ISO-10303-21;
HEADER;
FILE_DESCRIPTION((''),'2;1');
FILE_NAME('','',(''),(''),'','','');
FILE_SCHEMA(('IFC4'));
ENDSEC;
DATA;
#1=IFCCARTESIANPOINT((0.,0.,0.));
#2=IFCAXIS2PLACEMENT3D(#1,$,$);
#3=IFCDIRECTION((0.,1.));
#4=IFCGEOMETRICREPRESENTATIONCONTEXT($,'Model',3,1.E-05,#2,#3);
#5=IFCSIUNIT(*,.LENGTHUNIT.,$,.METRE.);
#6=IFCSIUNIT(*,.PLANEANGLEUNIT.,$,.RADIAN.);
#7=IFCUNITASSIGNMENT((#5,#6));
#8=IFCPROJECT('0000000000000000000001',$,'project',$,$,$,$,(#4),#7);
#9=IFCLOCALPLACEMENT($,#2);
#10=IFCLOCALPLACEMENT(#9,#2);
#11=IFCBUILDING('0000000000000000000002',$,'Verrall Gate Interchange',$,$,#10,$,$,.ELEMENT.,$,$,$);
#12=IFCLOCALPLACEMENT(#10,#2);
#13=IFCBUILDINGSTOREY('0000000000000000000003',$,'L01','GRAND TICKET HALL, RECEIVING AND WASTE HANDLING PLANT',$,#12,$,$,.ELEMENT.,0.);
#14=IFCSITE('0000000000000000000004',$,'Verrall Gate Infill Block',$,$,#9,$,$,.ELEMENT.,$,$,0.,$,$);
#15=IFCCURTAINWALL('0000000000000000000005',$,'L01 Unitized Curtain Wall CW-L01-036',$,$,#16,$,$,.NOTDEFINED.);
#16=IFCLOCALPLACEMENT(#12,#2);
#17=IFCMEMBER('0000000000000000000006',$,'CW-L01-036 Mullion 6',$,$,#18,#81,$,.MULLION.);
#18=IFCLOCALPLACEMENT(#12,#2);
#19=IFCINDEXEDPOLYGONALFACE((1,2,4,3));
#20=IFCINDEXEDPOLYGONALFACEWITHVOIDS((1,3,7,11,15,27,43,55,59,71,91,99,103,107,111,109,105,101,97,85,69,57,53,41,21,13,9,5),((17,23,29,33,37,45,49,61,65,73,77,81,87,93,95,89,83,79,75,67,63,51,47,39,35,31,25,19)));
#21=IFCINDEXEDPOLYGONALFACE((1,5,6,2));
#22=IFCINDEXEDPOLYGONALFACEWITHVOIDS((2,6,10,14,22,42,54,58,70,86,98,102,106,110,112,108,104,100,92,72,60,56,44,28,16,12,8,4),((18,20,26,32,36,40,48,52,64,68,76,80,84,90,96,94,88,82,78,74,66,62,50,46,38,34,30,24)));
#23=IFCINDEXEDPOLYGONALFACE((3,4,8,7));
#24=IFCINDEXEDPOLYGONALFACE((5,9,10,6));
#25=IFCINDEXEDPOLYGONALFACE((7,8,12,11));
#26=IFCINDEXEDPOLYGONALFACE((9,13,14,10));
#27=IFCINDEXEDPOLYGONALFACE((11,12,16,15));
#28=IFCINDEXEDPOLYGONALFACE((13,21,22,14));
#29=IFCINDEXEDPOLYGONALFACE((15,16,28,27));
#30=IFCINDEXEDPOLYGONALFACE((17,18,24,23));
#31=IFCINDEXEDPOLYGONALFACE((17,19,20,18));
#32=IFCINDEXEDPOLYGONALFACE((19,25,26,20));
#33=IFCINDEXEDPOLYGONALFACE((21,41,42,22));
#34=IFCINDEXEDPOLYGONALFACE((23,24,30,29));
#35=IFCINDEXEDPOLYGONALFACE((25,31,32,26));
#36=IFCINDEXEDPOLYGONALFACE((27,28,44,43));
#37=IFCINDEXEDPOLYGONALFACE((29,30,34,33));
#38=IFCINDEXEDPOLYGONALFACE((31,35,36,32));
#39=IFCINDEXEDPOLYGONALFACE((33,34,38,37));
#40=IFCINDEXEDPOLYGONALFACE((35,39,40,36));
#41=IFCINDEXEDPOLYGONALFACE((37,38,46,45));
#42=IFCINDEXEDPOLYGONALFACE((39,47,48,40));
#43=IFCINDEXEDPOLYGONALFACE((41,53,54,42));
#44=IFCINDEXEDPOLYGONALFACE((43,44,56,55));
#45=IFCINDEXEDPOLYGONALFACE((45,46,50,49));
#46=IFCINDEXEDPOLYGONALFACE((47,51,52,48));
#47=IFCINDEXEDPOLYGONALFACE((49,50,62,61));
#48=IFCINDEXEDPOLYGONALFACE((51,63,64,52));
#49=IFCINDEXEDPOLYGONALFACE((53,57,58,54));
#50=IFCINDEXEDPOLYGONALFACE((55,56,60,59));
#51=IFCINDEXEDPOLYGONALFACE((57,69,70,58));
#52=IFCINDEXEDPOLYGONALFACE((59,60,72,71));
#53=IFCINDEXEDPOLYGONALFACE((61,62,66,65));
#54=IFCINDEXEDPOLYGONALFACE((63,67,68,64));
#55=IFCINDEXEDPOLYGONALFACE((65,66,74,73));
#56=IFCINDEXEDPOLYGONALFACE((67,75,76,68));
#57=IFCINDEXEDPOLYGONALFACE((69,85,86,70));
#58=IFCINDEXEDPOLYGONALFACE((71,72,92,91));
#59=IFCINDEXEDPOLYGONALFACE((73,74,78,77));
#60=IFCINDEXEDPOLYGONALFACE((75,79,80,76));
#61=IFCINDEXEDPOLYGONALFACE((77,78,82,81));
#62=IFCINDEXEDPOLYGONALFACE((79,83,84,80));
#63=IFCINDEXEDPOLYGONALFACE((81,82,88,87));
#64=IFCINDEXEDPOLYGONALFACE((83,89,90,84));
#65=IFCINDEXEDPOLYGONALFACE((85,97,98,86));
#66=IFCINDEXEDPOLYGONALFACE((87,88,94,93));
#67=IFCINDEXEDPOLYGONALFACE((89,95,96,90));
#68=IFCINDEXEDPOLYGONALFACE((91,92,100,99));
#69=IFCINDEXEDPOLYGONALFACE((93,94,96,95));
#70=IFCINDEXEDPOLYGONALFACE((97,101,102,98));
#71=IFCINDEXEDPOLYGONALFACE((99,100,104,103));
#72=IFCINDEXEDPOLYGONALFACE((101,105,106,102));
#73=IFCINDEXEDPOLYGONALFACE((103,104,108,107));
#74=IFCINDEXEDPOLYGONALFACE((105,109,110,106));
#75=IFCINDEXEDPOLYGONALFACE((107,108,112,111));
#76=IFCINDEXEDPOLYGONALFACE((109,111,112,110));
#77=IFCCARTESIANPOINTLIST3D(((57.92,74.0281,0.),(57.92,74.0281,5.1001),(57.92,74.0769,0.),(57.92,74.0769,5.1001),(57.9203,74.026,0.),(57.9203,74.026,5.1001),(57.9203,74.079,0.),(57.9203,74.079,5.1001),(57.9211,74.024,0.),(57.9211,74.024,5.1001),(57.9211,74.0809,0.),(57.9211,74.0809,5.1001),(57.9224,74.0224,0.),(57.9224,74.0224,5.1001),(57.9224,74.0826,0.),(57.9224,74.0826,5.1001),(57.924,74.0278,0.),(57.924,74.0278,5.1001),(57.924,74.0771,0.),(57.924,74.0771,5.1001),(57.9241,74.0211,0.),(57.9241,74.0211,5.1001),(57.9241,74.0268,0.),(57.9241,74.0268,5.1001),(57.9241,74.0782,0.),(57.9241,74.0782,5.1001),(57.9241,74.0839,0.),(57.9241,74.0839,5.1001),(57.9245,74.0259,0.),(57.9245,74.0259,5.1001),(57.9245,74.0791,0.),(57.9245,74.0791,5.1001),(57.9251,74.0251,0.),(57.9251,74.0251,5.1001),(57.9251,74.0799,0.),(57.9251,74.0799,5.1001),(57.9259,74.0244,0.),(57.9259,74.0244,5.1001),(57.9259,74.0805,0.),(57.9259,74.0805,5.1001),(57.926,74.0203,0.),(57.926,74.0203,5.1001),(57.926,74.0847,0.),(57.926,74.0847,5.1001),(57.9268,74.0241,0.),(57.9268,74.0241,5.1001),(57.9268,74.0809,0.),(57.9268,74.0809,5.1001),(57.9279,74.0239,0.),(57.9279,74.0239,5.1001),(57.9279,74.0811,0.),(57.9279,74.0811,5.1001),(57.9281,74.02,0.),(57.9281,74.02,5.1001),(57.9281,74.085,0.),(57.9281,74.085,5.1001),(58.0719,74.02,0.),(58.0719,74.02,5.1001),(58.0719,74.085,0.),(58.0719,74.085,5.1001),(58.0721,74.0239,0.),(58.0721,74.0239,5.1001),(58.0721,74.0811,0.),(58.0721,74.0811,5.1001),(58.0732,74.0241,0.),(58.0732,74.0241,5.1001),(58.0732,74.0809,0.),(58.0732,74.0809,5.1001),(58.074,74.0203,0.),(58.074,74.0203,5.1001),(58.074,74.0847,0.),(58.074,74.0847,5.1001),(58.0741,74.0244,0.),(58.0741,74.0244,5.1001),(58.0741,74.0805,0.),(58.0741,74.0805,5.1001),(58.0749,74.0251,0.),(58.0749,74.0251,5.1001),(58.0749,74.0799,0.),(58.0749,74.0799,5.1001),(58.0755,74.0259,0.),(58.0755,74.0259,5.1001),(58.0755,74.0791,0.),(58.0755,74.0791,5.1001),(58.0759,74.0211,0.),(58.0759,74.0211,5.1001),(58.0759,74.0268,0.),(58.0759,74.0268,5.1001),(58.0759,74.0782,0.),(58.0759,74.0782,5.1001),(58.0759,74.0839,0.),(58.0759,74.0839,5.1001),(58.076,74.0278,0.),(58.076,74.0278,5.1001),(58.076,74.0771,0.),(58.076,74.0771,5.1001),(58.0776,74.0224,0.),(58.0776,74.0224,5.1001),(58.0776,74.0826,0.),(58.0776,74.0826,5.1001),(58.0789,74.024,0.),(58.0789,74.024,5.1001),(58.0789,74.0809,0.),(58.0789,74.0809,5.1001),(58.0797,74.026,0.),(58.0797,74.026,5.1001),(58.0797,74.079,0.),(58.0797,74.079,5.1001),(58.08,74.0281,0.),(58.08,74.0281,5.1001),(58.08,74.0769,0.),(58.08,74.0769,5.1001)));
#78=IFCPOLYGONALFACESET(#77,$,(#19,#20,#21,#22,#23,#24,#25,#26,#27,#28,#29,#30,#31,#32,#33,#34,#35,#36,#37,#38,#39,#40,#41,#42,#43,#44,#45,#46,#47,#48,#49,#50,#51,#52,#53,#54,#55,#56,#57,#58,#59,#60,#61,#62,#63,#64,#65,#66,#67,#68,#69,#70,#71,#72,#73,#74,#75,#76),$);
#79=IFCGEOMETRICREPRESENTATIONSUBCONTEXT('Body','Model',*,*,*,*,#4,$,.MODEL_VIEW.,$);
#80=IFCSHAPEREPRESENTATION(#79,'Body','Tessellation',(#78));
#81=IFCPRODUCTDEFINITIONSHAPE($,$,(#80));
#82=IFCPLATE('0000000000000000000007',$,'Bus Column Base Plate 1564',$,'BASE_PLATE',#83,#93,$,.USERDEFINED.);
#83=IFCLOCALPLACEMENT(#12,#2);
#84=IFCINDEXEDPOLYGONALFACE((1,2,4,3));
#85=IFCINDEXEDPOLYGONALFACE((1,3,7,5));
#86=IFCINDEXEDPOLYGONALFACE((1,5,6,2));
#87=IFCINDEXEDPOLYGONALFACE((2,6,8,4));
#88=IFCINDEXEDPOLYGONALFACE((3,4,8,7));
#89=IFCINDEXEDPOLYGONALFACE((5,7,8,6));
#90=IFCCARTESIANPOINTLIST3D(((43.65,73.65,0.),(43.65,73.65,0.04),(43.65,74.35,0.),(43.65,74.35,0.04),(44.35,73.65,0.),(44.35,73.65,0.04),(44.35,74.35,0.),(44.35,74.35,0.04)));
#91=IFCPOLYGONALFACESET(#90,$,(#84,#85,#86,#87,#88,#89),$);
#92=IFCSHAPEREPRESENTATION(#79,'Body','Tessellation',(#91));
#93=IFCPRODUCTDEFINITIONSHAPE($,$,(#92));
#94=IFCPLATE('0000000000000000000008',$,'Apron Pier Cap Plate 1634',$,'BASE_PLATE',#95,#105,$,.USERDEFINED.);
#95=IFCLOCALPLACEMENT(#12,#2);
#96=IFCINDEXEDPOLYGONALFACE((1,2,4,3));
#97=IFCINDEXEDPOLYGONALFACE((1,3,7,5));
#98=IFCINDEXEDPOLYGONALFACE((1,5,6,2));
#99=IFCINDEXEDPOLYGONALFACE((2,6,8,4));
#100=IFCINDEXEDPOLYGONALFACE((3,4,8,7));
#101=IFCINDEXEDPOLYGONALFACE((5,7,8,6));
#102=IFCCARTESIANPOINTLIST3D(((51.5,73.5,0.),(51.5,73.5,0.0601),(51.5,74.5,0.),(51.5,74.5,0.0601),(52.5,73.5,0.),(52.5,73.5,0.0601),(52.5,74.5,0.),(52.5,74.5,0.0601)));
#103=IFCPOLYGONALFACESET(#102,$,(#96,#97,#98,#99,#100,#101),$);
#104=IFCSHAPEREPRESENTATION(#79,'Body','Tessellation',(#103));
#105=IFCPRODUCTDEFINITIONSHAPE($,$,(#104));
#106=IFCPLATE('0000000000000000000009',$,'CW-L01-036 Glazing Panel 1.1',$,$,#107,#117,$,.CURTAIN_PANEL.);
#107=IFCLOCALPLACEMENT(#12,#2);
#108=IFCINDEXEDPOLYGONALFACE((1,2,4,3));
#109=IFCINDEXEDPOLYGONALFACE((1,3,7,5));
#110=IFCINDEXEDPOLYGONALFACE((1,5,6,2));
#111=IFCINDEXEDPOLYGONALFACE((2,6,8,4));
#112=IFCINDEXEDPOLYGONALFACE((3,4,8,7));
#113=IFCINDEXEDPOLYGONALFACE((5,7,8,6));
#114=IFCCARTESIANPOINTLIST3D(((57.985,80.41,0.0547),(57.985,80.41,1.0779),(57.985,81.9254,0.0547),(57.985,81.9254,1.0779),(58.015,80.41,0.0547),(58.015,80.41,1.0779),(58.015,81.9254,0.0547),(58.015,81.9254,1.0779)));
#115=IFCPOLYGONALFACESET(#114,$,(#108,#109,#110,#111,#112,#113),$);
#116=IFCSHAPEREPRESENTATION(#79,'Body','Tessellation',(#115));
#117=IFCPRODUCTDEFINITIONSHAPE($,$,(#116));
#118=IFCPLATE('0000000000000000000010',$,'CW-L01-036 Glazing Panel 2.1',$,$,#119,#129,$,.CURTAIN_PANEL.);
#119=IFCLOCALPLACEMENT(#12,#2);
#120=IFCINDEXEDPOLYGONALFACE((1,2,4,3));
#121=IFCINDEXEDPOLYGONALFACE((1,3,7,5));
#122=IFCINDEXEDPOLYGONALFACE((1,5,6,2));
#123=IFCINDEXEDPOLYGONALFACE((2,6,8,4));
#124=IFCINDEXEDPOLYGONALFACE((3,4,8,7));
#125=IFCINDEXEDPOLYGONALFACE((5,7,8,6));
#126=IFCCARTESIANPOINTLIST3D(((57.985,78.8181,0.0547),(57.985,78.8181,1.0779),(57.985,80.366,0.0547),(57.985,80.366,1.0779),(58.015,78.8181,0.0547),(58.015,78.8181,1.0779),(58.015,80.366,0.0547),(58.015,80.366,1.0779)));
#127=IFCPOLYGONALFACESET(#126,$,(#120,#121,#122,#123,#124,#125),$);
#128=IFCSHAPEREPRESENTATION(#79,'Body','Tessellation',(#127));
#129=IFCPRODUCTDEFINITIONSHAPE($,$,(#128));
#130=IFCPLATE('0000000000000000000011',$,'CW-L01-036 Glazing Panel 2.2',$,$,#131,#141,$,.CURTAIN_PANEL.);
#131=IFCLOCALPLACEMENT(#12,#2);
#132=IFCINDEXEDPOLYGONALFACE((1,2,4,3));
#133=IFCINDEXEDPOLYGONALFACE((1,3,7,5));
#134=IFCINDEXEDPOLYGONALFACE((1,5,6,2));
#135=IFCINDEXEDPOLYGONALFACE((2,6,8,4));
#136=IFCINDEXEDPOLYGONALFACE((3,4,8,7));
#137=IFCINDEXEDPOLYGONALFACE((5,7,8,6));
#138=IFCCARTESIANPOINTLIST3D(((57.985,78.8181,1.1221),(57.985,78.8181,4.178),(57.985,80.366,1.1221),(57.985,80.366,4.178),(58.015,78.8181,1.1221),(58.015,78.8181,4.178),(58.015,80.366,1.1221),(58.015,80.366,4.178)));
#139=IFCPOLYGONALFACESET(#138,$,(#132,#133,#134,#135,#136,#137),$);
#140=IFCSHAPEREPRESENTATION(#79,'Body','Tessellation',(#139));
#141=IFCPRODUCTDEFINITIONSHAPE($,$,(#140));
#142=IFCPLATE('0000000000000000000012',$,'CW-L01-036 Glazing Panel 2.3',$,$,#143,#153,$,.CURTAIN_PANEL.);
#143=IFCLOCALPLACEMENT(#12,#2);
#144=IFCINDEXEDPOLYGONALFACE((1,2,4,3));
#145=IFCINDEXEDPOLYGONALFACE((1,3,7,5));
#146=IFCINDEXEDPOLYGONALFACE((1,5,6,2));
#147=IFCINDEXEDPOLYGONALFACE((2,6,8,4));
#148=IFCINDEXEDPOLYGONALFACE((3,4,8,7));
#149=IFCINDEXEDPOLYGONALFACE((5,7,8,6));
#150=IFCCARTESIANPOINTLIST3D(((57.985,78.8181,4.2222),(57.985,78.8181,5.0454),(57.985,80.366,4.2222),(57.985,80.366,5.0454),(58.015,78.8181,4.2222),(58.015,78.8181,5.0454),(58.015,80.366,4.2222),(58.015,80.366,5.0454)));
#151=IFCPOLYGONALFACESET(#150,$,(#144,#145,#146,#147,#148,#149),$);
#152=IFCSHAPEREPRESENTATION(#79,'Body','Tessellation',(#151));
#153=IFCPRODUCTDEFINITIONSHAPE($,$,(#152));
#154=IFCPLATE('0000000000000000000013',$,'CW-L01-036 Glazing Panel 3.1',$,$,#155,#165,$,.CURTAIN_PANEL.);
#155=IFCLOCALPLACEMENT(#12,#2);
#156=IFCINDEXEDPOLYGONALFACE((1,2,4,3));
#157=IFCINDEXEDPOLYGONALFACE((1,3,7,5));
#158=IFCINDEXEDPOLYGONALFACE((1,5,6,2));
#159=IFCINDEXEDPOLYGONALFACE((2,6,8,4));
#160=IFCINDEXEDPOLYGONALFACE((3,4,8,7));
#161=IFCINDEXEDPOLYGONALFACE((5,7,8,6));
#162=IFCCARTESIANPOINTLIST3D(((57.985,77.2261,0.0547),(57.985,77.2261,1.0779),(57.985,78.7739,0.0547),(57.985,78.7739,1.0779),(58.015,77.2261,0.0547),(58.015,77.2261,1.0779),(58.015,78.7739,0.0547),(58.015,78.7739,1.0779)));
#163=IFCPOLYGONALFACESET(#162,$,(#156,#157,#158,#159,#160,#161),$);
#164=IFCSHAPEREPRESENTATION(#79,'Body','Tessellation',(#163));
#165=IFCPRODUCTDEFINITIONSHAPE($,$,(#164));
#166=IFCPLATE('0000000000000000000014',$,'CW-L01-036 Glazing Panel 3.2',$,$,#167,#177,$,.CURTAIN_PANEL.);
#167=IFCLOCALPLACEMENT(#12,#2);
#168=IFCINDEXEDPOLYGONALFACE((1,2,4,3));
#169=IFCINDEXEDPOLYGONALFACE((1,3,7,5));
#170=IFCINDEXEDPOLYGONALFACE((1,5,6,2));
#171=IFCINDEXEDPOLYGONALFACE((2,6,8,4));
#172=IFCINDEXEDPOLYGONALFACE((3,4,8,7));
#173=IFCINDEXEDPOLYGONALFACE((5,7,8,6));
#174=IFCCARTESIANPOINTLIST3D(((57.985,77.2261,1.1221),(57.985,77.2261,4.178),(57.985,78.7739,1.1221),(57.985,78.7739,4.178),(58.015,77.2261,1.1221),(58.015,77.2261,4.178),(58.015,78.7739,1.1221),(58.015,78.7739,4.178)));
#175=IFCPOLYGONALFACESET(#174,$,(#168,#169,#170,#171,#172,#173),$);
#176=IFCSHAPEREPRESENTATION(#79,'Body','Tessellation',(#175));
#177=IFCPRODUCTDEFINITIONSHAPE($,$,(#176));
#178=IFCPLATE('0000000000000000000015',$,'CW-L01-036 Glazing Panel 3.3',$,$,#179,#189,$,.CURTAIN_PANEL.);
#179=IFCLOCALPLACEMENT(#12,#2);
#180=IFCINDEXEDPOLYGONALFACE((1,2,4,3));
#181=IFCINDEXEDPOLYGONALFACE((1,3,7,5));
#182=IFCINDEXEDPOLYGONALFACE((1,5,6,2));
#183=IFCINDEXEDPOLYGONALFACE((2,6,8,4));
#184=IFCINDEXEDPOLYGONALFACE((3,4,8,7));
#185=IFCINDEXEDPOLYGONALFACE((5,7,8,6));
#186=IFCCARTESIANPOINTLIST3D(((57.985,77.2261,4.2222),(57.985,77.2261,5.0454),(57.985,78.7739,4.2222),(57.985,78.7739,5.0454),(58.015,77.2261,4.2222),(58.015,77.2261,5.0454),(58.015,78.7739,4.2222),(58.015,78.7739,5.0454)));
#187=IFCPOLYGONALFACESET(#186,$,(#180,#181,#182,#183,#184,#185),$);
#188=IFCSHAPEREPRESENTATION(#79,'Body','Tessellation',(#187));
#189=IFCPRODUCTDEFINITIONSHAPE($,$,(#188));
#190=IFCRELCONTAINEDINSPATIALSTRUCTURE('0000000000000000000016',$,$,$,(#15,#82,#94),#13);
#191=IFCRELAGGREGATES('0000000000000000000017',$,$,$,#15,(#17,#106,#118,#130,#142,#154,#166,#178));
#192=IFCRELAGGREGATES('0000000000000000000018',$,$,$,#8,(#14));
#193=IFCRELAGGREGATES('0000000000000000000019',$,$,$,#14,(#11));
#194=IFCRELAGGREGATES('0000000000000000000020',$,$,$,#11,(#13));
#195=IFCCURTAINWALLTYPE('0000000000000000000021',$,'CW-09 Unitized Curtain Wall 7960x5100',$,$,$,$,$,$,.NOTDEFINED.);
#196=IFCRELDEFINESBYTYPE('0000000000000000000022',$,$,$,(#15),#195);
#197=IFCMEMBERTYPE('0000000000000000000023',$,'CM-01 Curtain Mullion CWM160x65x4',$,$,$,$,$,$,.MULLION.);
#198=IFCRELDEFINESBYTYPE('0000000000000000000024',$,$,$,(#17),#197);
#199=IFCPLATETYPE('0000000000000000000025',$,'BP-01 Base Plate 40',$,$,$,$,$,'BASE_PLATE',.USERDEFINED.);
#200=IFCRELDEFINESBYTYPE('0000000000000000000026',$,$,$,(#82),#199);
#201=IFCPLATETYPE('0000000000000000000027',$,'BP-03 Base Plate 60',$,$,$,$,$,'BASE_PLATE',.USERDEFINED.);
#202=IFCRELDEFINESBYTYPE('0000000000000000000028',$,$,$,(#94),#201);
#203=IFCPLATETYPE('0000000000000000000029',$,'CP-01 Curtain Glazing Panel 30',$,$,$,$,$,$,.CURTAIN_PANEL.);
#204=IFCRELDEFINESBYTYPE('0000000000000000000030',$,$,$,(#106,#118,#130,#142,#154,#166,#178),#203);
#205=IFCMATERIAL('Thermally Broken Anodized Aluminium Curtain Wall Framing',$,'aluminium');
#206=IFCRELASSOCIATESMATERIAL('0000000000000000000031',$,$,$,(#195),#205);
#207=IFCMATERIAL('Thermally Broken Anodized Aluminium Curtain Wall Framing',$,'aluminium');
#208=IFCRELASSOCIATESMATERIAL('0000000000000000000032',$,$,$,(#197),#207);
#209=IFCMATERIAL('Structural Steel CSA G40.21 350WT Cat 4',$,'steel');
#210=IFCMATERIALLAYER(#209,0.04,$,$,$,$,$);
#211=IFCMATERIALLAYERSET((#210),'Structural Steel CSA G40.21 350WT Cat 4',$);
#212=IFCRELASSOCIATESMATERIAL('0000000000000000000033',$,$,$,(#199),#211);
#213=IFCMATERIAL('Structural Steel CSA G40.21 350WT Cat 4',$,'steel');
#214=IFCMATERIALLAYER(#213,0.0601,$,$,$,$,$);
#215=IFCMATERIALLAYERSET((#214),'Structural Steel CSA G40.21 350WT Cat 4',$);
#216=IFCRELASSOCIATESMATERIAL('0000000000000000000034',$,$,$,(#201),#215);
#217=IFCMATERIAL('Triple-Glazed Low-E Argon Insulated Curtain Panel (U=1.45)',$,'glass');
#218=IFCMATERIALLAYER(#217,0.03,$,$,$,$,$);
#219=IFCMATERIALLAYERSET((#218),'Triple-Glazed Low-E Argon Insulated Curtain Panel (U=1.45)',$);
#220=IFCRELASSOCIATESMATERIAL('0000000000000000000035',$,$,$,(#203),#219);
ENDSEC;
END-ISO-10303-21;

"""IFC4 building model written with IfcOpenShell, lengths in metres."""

from ifc_helpers import new_model, si_unit, direction, frame, origin, origin_2d, place, context, subcontext, project, spatial, rectangle, hollow_rectangle, extrude, material, layer, layer_set, material_profile, profile_set, type_object, element, aggregate, save


model = new_model("IFC4")

# Units and contexts
model_context = context("Model", 3, precision=1e-05, world=origin(), true_north=direction((0.0, 1.0)))
body_context = subcontext(model_context, "Body", "Model", "MODEL_VIEW")
ifc_project = project(units=[si_unit("LENGTHUNIT", "METRE"), si_unit("PLANEANGLEUNIT", "RADIAN")], contexts=[model_context])

# Site, building, storey
site_placement = place(None, origin())
site = spatial("IfcSite", under=ifc_project, at=site_placement, Name="Verrall Gate Infill Block", CompositionType="ELEMENT", RefElevation=0.0)
building_placement = place(site_placement, origin())
building = spatial("IfcBuilding", under=site, at=building_placement, Name="Verrall Gate Interchange", CompositionType="ELEMENT")
storey_placement = place(building_placement, origin())
storey = spatial("IfcBuildingStorey", under=building, at=storey_placement, Name="L01", Description="GRAND TICKET HALL, RECEIVING AND WASTE HANDLING PLANT", CompositionType="ELEMENT", Elevation=0.0)

# Curtain wall, member
ifc_material_1 = material(Name="Thermally Broken Anodized Aluminium Curtain Wall Framing", Category="aluminium")
curtain_wall_type = type_object("IfcCurtainWallType", Name="CW-09 Unitized Curtain Wall 7960x5100", PredefinedType="NOTDEFINED", material=ifc_material_1)
curtain_wall_placement = place(storey_placement, origin())
curtain_wall = element("IfcCurtainWall", 1, at=curtain_wall_placement, inside=storey, type_object=curtain_wall_type, Name="L01 Unitized Curtain Wall CW-L01-036", PredefinedType="NOTDEFINED")
ifc_material_2 = material(Name="Thermally Broken Anodized Aluminium Curtain Wall Framing", Category="aluminium")
ifc_material_profile_1 = material_profile(ifc_material_2, hollow_rectangle(XDim=0.0649, YDim=0.1599, WallThickness=0.0039, InnerFilletRadius=0.0039, OuterFilletRadius=0.0081, at=origin_2d()), Name="CWM160x65x4")
ifc_profile_set_1 = profile_set([ifc_material_profile_1], Name="Thermally Broken Anodized Aluminium Curtain Wall Framing")
member_type = type_object("IfcMemberType", Name="CM-01 Curtain Mullion CWM160x65x4", PredefinedType="MULLION", material=ifc_profile_set_1)
member_1_placement = place(storey_placement, frame((58.0, 74.0525, 0.0), z_axis=(0.0, 0.0, 1.0), x_axis=(0.0, -1.0, 0.0)))
member_1 = element("IfcMember", 2, at=member_1_placement, type_object=member_type, Name="CW-L01-036 Mullion 6", PredefinedType="MULLION", context=body_context, shape_type="SweptSolid", body=[
    extrude(hollow_rectangle(XDim=0.0649, YDim=0.1599, WallThickness=0.0039, InnerFilletRadius=0.0039, OuterFilletRadius=0.0081, at=origin_2d()), origin(), (0.0, 0.0, 1.0), 5.1001),
])

# Plates
ifc_material_3 = material(Name="Structural Steel CSA G40.21 350WT Cat 4", Category="steel")
ifc_layer_1 = layer(ifc_material_3, 0.04)
ifc_layer_set_1 = layer_set([ifc_layer_1], Name="Structural Steel CSA G40.21 350WT Cat 4")
plate_type_1 = type_object("IfcPlateType", Name="BP-01 Base Plate 40", ElementType="BASE_PLATE", PredefinedType="USERDEFINED", material=ifc_layer_set_1)
plate_1_placement = place(storey_placement, frame((44.0, 74.0, 0.0), z_axis=(0.0, 0.0, 1.0), x_axis=(1.0, 0.0, 0.0)))
element("IfcPlate", 3, at=plate_1_placement, inside=storey, type_object=plate_type_1, Name="Bus Column Base Plate 1564", ObjectType="BASE_PLATE", PredefinedType="USERDEFINED", context=body_context, shape_type="SweptSolid", body=[
    extrude(rectangle(XDim=0.7, YDim=0.7, at=origin_2d()), origin(), (0.0, 0.0, 1.0), 0.04),
])
ifc_material_4 = material(Name="Structural Steel CSA G40.21 350WT Cat 4", Category="steel")
ifc_layer_2 = layer(ifc_material_4, 0.0601)
ifc_layer_set_2 = layer_set([ifc_layer_2], Name="Structural Steel CSA G40.21 350WT Cat 4")
plate_type_2 = type_object("IfcPlateType", Name="BP-03 Base Plate 60", ElementType="BASE_PLATE", PredefinedType="USERDEFINED", material=ifc_layer_set_2)
plate_2_placement = place(storey_placement, frame((52.0, 74.0, 0.0), z_axis=(0.0, 0.0, 1.0), x_axis=(1.0, 0.0, 0.0)))
element("IfcPlate", 4, at=plate_2_placement, inside=storey, type_object=plate_type_2, Name="Apron Pier Cap Plate 1634", ObjectType="BASE_PLATE", PredefinedType="USERDEFINED", context=body_context, shape_type="SweptSolid", body=[
    extrude(rectangle(XDim=1.0, YDim=1.0, at=origin_2d()), origin(), (0.0, 0.0, 1.0), 0.0601),
])

# Plates
ifc_material_5 = material(Name="Triple-Glazed Low-E Argon Insulated Curtain Panel (U=1.45)", Category="glass")
ifc_layer_3 = layer(ifc_material_5, 0.03)
ifc_layer_set_3 = layer_set([ifc_layer_3], Name="Triple-Glazed Low-E Argon Insulated Curtain Panel (U=1.45)")
plate_type_3 = type_object("IfcPlateType", Name="CP-01 Curtain Glazing Panel 30", PredefinedType="CURTAIN_PANEL", material=ifc_layer_set_3)
plate_3_placement = place(storey_placement, frame((58.0, 81.1677, 0.0547), z_axis=(0.0, 0.0, 1.0), x_axis=(0.0, -1.0, 0.0)))
plate_3 = element("IfcPlate", 5, at=plate_3_placement, type_object=plate_type_3, Name="CW-L01-036 Glazing Panel 1.1", PredefinedType="CURTAIN_PANEL", context=body_context, shape_type="SweptSolid", body=[
    extrude(rectangle(XDim=1.5154, YDim=0.03, at=origin_2d()), origin(), (0.0, 0.0, 1.0), 1.0232),
])
plate_4_placement = place(storey_placement, frame((58.0, 79.592, 0.0547), z_axis=(0.0, 0.0, 1.0), x_axis=(0.0, -1.0, 0.0)))
plate_4 = element("IfcPlate", 6, at=plate_4_placement, type_object=plate_type_3, Name="CW-L01-036 Glazing Panel 2.1", PredefinedType="CURTAIN_PANEL", context=body_context, shape_type="SweptSolid", body=[
    extrude(rectangle(XDim=1.5479, YDim=0.03, at=origin_2d()), origin(), (0.0, 0.0, 1.0), 1.0232),
])
plate_5_placement = place(storey_placement, frame((58.0, 79.592, 1.1221), z_axis=(0.0, 0.0, 1.0), x_axis=(0.0, -1.0, 0.0)))
plate_5 = element("IfcPlate", 7, at=plate_5_placement, type_object=plate_type_3, Name="CW-L01-036 Glazing Panel 2.2", PredefinedType="CURTAIN_PANEL", context=body_context, shape_type="SweptSolid", body=[
    extrude(rectangle(XDim=1.5479, YDim=0.03, at=origin_2d()), origin(), (0.0, 0.0, 1.0), 3.0559),
])
plate_6_placement = place(storey_placement, frame((58.0, 79.592, 4.2222), z_axis=(0.0, 0.0, 1.0), x_axis=(0.0, -1.0, 0.0)))
plate_6 = element("IfcPlate", 8, at=plate_6_placement, type_object=plate_type_3, Name="CW-L01-036 Glazing Panel 2.3", PredefinedType="CURTAIN_PANEL", context=body_context, shape_type="SweptSolid", body=[
    extrude(rectangle(XDim=1.5479, YDim=0.03, at=origin_2d()), origin(), (0.0, 0.0, 1.0), 0.8232),
])
plate_7_placement = place(storey_placement, frame((58.0, 78.0, 0.0547), z_axis=(0.0, 0.0, 1.0), x_axis=(0.0, -1.0, 0.0)))
plate_7 = element("IfcPlate", 9, at=plate_7_placement, type_object=plate_type_3, Name="CW-L01-036 Glazing Panel 3.1", PredefinedType="CURTAIN_PANEL", context=body_context, shape_type="SweptSolid", body=[
    extrude(rectangle(XDim=1.5479, YDim=0.03, at=origin_2d()), origin(), (0.0, 0.0, 1.0), 1.0232),
])
plate_8_placement = place(storey_placement, frame((58.0, 78.0, 1.1221), z_axis=(0.0, 0.0, 1.0), x_axis=(0.0, -1.0, 0.0)))
plate_8 = element("IfcPlate", 10, at=plate_8_placement, type_object=plate_type_3, Name="CW-L01-036 Glazing Panel 3.2", PredefinedType="CURTAIN_PANEL", context=body_context, shape_type="SweptSolid", body=[
    extrude(rectangle(XDim=1.5479, YDim=0.03, at=origin_2d()), origin(), (0.0, 0.0, 1.0), 3.0559),
])
plate_9_placement = place(storey_placement, frame((58.0, 78.0, 4.2222), z_axis=(0.0, 0.0, 1.0), x_axis=(0.0, -1.0, 0.0)))
plate_9 = element("IfcPlate", 11, at=plate_9_placement, type_object=plate_type_3, Name="CW-L01-036 Glazing Panel 3.3", PredefinedType="CURTAIN_PANEL", context=body_context, shape_type="SweptSolid", body=[
    extrude(rectangle(XDim=1.5479, YDim=0.03, at=origin_2d()), origin(), (0.0, 0.0, 1.0), 0.8232),
])
aggregate(curtain_wall, [member_1, plate_3, plate_4, plate_5, plate_6, plate_7, plate_8, plate_9])

save(model, "model.ifc")
